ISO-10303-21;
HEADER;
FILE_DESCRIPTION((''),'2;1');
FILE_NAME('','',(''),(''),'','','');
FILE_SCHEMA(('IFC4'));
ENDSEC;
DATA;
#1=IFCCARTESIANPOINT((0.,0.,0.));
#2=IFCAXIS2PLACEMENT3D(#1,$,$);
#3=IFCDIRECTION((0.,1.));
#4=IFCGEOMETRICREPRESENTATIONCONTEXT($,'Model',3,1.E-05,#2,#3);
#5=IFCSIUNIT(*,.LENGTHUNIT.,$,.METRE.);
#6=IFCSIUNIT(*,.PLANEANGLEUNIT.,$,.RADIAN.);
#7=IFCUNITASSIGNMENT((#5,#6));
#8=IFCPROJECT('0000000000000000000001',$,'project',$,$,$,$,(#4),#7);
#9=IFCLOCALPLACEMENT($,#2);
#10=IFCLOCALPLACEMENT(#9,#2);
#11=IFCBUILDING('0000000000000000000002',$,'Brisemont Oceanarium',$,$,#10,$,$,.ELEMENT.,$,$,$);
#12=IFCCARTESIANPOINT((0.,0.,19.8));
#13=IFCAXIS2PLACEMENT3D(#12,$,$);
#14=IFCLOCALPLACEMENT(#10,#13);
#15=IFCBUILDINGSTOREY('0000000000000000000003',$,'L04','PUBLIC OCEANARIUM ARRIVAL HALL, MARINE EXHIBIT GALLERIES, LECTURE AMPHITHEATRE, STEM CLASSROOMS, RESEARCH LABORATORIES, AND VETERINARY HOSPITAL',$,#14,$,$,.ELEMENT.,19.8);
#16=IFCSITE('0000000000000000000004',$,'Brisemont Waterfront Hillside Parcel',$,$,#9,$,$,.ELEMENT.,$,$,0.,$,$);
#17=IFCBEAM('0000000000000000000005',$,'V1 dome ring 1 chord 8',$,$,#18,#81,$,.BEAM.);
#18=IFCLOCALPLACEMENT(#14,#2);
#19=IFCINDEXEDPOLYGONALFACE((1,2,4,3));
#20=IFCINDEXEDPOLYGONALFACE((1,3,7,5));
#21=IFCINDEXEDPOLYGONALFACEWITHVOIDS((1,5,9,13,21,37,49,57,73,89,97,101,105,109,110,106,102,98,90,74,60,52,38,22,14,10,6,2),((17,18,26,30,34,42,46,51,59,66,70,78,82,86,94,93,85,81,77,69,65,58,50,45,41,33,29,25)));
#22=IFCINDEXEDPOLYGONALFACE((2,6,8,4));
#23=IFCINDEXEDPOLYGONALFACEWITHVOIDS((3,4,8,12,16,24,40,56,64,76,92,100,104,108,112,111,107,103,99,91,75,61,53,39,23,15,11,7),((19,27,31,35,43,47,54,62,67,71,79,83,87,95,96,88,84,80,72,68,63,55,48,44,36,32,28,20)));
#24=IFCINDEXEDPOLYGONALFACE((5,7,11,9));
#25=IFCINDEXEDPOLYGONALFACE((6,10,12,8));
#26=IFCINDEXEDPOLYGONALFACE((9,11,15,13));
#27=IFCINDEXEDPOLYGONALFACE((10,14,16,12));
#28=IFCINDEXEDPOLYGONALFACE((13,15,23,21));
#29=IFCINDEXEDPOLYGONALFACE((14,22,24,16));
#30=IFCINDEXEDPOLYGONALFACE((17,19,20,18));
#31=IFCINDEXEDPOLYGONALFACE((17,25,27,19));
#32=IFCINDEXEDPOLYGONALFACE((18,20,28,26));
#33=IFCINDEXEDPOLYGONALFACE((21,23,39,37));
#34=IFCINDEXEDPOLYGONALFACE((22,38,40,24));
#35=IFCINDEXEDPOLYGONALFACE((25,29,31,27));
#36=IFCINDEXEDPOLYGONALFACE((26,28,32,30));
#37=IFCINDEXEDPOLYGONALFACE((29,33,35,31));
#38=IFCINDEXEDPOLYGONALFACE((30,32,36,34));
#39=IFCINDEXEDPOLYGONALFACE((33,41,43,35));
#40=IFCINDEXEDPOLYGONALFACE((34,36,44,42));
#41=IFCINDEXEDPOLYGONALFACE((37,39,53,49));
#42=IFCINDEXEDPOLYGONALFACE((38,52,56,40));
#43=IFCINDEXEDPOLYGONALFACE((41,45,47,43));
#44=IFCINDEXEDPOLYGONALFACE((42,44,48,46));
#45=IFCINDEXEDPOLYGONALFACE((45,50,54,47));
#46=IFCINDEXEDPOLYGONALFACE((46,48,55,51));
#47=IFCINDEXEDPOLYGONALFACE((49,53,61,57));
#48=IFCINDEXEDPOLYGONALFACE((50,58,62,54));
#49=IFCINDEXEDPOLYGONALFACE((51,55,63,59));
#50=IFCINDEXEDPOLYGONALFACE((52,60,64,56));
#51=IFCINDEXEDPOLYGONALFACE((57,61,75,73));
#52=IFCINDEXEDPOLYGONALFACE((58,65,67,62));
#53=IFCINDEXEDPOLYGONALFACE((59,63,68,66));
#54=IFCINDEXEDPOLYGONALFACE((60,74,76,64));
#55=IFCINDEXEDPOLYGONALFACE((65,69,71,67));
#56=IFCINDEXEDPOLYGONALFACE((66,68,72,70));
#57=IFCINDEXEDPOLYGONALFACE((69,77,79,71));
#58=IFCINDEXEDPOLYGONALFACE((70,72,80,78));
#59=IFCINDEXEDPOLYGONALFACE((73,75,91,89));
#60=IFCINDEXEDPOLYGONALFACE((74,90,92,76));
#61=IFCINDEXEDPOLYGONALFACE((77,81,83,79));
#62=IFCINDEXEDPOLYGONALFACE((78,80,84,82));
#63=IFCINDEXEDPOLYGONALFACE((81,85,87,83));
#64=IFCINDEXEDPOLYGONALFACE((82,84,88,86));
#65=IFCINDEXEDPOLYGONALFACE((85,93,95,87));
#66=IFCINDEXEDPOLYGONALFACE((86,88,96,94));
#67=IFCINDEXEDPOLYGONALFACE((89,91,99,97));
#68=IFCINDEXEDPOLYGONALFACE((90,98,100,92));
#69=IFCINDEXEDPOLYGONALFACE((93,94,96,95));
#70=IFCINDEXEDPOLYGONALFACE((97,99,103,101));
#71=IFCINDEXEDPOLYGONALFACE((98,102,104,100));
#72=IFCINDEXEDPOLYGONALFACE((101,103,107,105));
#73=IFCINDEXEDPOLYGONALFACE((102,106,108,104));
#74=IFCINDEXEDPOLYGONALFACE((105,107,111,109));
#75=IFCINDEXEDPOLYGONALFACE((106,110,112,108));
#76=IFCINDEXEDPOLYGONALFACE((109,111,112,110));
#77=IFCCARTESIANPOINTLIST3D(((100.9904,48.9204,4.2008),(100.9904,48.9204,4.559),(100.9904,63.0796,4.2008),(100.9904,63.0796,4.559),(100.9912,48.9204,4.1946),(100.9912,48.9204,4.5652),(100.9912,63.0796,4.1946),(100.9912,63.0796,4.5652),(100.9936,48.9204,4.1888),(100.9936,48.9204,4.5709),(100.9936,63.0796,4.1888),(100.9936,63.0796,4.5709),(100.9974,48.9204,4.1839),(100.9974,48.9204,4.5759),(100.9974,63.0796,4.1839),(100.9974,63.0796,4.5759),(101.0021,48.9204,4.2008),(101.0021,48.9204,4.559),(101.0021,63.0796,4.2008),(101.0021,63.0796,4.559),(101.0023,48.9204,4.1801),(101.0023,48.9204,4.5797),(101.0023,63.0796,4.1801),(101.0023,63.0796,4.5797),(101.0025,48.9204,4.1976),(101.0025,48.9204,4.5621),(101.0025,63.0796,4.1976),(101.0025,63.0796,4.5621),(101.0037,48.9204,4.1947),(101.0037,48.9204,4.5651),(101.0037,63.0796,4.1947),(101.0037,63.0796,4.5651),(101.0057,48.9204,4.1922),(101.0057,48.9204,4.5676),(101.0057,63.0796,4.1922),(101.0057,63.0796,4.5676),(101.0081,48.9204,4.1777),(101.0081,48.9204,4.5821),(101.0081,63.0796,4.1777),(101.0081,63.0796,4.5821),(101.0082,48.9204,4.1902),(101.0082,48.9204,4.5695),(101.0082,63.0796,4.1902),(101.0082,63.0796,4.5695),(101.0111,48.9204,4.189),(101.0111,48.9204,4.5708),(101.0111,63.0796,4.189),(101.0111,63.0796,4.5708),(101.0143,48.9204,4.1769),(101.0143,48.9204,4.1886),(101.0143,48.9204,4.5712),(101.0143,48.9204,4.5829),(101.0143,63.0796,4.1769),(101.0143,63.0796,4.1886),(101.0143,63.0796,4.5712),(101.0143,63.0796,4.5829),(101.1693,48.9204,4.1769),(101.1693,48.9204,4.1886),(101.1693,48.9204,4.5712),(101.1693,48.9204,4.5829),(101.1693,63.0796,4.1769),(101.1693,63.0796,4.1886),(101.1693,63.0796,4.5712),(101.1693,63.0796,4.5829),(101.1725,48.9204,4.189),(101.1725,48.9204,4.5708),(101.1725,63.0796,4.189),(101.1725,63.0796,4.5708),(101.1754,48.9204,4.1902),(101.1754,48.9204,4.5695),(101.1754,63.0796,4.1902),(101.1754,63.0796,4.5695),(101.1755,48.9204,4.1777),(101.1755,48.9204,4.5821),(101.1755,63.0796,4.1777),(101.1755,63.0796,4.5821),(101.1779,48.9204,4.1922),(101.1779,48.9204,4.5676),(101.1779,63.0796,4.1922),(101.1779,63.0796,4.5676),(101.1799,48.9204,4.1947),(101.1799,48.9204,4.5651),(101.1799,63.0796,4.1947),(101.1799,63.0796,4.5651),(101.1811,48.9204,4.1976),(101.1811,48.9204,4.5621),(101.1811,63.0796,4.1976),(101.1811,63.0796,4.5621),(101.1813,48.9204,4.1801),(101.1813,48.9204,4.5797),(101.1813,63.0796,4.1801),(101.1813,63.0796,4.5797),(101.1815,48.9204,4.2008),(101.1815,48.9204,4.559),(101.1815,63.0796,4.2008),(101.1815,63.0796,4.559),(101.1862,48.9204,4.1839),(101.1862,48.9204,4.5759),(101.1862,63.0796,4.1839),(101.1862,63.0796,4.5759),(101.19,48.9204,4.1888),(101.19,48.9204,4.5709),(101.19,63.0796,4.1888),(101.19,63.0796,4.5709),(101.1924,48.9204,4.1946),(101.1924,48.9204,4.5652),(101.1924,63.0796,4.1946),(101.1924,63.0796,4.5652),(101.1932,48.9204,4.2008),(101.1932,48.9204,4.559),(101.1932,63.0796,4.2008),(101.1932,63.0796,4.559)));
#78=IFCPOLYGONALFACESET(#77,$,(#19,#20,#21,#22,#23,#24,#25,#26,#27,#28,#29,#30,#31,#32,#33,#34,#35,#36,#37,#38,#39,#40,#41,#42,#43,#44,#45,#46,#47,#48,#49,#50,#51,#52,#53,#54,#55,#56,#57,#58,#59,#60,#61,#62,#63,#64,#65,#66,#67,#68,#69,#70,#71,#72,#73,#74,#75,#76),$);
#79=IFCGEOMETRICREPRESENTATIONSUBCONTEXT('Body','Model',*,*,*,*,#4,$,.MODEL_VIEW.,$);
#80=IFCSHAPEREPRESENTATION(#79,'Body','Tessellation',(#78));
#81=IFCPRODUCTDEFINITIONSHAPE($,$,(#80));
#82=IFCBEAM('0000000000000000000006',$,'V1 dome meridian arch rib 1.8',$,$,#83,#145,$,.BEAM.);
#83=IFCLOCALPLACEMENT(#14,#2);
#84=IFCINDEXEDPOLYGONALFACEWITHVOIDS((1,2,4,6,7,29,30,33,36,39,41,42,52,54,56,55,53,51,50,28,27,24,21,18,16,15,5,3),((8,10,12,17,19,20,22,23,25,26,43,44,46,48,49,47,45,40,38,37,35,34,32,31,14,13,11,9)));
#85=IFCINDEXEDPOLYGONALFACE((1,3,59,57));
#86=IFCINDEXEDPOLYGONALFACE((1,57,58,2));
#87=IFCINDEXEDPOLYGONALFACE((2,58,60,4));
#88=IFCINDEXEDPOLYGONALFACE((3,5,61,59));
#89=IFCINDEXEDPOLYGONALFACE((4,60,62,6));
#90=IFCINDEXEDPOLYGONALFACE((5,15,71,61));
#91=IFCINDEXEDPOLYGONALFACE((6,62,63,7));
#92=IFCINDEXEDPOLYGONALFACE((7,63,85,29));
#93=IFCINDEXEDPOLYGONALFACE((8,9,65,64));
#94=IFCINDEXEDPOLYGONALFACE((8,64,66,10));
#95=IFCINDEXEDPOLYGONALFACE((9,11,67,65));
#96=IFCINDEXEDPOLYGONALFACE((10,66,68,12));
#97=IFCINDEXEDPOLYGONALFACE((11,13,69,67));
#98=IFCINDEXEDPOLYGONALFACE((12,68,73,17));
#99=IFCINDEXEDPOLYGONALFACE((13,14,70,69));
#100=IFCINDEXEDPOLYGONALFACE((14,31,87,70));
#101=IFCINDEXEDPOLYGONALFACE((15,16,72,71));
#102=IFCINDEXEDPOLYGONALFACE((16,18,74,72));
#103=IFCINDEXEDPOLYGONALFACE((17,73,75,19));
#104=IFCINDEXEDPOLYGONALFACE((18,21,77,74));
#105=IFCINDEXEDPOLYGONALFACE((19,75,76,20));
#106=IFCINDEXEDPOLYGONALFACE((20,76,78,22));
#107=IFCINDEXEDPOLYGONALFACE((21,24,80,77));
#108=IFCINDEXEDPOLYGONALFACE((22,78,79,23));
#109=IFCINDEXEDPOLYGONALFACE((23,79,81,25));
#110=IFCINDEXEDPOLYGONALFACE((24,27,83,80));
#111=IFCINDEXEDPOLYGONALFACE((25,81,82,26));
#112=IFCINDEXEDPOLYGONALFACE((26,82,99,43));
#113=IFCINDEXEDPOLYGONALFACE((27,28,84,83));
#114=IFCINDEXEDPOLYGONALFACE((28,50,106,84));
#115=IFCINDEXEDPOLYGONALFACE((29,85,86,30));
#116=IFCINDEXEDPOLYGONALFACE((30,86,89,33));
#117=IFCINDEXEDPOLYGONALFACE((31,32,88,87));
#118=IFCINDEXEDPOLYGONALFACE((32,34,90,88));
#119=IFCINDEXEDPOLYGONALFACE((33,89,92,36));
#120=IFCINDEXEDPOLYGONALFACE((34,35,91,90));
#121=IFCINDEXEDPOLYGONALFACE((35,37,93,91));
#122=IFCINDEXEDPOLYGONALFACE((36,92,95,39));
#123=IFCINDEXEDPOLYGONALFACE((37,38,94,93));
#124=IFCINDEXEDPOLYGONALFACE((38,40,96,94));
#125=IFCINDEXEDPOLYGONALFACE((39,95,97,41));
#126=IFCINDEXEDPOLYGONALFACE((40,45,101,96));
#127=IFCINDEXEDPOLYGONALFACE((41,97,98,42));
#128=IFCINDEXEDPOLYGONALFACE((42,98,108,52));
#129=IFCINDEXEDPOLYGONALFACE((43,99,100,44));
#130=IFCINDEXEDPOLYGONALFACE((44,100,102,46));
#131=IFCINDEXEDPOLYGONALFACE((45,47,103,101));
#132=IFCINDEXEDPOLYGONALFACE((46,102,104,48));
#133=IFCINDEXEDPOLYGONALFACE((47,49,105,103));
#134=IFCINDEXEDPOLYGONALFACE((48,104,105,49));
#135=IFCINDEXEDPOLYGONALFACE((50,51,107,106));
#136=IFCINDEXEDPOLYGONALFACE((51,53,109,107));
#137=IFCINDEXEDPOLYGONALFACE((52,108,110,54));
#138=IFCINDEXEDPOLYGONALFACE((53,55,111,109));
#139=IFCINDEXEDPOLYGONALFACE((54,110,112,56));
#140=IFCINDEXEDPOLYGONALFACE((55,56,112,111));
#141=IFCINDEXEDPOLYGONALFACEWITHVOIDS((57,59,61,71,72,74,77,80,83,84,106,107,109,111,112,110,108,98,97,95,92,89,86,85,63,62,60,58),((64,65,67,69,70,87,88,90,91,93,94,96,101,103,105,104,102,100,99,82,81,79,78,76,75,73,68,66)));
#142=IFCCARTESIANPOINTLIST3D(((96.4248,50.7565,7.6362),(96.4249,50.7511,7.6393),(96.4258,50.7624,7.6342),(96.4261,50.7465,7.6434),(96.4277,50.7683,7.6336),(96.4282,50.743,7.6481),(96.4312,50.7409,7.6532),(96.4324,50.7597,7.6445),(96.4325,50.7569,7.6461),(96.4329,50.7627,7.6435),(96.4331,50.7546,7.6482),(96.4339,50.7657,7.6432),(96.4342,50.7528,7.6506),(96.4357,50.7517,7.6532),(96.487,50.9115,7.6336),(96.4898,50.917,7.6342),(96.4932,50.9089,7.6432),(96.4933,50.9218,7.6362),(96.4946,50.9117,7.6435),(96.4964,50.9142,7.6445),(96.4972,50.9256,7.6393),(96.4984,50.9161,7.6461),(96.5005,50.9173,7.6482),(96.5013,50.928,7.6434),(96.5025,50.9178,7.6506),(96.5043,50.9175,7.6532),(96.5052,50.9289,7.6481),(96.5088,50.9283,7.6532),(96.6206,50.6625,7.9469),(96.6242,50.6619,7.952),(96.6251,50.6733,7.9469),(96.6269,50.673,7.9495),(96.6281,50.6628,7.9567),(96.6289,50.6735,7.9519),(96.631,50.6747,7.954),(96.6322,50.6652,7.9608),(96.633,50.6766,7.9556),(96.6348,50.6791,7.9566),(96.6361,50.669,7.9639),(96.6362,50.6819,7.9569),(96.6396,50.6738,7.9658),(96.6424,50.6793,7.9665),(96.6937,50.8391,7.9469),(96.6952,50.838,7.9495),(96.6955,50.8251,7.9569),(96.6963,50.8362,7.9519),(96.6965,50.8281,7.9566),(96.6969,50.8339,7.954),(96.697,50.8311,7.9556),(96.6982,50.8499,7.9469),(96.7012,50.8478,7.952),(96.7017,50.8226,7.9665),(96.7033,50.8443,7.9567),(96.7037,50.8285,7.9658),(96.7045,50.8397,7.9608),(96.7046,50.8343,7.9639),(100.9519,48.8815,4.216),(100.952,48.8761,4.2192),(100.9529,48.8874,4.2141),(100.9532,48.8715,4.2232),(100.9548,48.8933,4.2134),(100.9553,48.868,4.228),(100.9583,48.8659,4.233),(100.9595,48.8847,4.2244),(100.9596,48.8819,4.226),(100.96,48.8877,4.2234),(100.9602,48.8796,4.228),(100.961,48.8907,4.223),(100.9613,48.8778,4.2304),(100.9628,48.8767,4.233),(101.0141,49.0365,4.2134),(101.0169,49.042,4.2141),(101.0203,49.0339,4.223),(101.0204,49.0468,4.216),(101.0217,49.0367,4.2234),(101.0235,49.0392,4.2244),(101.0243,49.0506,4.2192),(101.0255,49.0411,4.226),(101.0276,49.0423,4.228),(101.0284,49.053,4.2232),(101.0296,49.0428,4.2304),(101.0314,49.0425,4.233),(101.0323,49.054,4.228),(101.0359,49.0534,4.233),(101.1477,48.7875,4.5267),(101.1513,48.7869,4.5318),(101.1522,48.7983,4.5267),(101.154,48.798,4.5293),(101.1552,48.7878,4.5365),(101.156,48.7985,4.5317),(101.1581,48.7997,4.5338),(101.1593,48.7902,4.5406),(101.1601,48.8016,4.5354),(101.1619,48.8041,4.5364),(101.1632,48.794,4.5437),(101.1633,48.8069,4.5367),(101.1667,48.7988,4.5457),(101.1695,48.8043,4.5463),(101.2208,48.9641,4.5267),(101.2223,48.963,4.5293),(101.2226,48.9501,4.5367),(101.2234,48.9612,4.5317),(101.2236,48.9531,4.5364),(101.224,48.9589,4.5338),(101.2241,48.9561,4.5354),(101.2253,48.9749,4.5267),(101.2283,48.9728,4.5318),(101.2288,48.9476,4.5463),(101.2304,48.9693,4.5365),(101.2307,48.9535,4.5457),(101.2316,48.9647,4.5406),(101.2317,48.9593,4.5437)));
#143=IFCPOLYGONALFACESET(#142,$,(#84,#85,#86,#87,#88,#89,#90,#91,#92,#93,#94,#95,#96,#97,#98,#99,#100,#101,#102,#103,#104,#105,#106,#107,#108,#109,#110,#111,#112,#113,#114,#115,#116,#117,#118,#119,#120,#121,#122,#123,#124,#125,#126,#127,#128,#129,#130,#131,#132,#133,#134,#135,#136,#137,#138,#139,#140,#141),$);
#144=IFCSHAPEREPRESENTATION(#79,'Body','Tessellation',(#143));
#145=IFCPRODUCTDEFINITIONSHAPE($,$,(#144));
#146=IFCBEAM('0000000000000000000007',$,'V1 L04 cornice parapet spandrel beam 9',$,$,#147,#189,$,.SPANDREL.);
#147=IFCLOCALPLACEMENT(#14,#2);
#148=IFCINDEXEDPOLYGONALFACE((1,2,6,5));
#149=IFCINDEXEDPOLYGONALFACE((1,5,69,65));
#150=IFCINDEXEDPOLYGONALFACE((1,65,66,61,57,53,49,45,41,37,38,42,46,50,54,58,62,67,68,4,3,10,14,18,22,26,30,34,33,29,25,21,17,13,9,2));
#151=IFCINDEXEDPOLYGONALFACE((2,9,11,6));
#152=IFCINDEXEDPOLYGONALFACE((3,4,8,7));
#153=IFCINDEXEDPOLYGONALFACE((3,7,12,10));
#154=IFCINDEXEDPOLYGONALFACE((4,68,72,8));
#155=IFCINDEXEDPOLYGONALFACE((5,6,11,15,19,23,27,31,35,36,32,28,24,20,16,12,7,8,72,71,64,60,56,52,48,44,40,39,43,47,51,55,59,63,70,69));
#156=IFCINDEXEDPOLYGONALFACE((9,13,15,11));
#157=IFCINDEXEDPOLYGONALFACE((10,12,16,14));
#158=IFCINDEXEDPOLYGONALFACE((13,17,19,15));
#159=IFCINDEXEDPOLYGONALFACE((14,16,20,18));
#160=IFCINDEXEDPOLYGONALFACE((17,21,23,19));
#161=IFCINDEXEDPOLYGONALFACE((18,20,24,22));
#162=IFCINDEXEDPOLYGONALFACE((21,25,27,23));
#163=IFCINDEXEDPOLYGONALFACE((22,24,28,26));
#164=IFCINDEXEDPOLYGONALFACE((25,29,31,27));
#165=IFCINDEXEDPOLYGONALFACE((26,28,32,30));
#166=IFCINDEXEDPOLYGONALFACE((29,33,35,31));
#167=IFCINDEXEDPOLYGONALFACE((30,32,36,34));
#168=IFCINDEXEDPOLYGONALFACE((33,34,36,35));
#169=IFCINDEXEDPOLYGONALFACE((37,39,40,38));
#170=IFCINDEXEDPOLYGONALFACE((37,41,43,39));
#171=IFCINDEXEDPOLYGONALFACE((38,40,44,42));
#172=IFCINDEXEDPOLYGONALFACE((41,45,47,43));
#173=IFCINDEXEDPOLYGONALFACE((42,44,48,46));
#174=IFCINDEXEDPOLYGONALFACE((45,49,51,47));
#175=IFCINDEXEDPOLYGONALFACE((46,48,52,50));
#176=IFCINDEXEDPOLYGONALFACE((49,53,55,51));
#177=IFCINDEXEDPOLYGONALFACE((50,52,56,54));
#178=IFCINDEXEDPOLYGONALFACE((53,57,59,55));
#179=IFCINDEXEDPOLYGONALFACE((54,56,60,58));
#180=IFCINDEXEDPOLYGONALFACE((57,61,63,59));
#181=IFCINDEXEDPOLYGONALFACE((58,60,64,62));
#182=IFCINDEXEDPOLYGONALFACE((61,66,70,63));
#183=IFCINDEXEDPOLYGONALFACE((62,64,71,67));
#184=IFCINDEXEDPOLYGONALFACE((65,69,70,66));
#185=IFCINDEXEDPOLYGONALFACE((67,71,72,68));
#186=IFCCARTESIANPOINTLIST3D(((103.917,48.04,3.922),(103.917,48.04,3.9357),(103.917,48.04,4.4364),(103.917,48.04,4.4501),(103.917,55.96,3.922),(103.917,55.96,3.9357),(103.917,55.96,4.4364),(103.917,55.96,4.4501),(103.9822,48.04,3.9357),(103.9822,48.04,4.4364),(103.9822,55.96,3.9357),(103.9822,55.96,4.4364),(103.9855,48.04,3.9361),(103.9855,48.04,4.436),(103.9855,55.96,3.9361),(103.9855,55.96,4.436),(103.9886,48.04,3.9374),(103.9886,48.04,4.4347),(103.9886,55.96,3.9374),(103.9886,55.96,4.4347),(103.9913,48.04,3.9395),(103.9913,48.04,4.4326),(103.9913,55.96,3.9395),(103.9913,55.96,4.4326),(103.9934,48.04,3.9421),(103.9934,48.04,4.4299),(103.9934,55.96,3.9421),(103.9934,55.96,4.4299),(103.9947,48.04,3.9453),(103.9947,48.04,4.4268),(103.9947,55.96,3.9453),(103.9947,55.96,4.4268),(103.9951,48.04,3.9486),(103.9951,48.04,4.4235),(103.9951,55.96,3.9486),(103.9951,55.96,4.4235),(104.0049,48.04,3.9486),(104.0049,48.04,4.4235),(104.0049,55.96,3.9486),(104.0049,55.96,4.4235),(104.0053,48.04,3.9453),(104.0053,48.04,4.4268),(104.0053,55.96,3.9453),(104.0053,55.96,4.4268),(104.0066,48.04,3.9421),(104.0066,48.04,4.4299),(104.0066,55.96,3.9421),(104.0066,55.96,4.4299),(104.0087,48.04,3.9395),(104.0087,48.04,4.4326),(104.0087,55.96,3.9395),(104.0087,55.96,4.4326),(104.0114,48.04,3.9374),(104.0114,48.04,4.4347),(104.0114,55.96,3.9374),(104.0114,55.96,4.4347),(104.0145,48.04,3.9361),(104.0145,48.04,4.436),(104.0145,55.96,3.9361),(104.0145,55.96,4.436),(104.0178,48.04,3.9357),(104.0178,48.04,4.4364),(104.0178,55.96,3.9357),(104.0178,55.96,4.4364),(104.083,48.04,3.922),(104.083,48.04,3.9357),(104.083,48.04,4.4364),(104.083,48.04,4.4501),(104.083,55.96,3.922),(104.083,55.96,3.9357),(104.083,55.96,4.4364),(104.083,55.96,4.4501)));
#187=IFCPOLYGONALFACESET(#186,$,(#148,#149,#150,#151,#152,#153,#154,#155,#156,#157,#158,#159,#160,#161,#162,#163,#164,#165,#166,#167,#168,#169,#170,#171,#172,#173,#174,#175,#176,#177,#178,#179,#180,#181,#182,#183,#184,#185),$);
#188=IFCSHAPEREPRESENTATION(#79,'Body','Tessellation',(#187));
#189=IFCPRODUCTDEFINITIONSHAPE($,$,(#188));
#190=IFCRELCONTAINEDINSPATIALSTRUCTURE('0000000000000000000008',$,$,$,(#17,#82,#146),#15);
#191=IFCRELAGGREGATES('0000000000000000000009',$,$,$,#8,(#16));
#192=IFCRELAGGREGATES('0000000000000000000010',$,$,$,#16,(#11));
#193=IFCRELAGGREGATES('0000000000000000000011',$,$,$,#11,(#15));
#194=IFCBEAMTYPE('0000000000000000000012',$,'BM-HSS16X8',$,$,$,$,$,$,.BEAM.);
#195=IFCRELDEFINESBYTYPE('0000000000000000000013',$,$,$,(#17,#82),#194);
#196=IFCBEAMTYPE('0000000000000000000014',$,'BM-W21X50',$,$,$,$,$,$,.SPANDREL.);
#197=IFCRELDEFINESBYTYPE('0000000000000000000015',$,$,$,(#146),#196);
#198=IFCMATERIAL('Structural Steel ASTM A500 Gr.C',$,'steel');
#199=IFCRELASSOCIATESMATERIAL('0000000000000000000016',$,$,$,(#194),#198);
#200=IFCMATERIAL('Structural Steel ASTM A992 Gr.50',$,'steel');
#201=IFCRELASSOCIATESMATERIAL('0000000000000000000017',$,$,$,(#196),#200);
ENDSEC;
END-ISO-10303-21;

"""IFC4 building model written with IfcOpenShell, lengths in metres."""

from ifc_helpers import new_model, si_unit, direction, frame, origin, origin_2d, place, context, subcontext, project, spatial, hollow_rectangle, i_section, extrude, material, material_profile, profile_set, type_object, element, save


model = new_model("IFC4")

# Units and contexts
model_context = context("Model", 3, precision=1e-05, world=origin(), true_north=direction((0.0, 1.0)))
body_context = subcontext(model_context, "Body", "Model", "MODEL_VIEW")
ifc_project = project(units=[si_unit("LENGTHUNIT", "METRE"), si_unit("PLANEANGLEUNIT", "RADIAN")], contexts=[model_context])

# Site, building, storey
site_placement = place(None, origin())
site = spatial("IfcSite", under=ifc_project, at=site_placement, Name="Brisemont Waterfront Hillside Parcel", CompositionType="ELEMENT", RefElevation=0.0)
building_placement = place(site_placement, origin())
building = spatial("IfcBuilding", under=site, at=building_placement, Name="Brisemont Oceanarium", CompositionType="ELEMENT")
storey_placement = place(building_placement, frame((0.0, 0.0, 19.8)))
storey = spatial("IfcBuildingStorey", under=building, at=storey_placement, Name="L04", Description="PUBLIC OCEANARIUM ARRIVAL HALL, MARINE EXHIBIT GALLERIES, LECTURE AMPHITHEATRE, STEM CLASSROOMS, RESEARCH LABORATORIES, AND VETERINARY HOSPITAL", CompositionType="ELEMENT", Elevation=19.8)

# Beams
ifc_material_1 = material(Name="Structural Steel ASTM A500 Gr.C", Category="steel")
ifc_material_profile_1 = material_profile(ifc_material_1, hollow_rectangle(XDim=0.2029, YDim=0.406, WallThickness=0.0117, InnerFilletRadius=0.0122, OuterFilletRadius=0.0239, at=origin_2d()), Name="HSS16X8X1/2")
ifc_profile_set_1 = profile_set([ifc_material_profile_1], Name="Structural Steel ASTM A500 Gr.C")
beam_type_1 = type_object("IfcBeamType", Name="BM-HSS16X8", PredefinedType="BEAM", material=ifc_profile_set_1)
beam_1_placement = place(storey_placement, frame((101.0918, 48.9204, 4.3799), z_axis=(0.0, 1.0, 0.0), x_axis=(-1.0, 0.0, 0.0)))
element("IfcBeam", 1, at=beam_1_placement, inside=storey, type_object=beam_type_1, Name="V1 dome ring 1 chord 8", PredefinedType="BEAM", context=body_context, shape_type="SweptSolid", body=[
    extrude(hollow_rectangle(XDim=0.2029, YDim=0.406, WallThickness=0.0117, InnerFilletRadius=0.0122, OuterFilletRadius=0.0239, at=origin_2d()), origin(), (0.0, 0.0, 1.0), 14.1592),
])
beam_2_placement = place(storey_placement, frame((101.0918, 48.9204, 4.3799), z_axis=(-0.757598, 0.313776, 0.572355), x_axis=(-0.382651, -0.923893, 0.0)))
element("IfcBeam", 2, at=beam_2_placement, inside=storey, type_object=beam_type_1, Name="V1 dome meridian arch rib 1.8", PredefinedType="BEAM", context=body_context, shape_type="SweptSolid", body=[
    extrude(hollow_rectangle(XDim=0.2029, YDim=0.406, WallThickness=0.0117, InnerFilletRadius=0.0122, OuterFilletRadius=0.0239, at=origin_2d()), origin(), (0.0, 0.0, 1.0), 5.9756),
])
ifc_material_2 = material(Name="Structural Steel ASTM A992 Gr.50", Category="steel")
ifc_material_profile_2 = material_profile(ifc_material_2, i_section(OverallWidth=0.166, OverallDepth=0.5281, WebThickness=0.0098, FlangeThickness=0.0137, FilletRadius=0.0129, at=origin_2d()), Name="W21X50")
ifc_profile_set_2 = profile_set([ifc_material_profile_2], Name="Structural Steel ASTM A992 Gr.50")
beam_type_2 = type_object("IfcBeamType", Name="BM-W21X50", PredefinedType="SPANDREL", material=ifc_profile_set_2)
beam_3_placement = place(storey_placement, frame((104.0, 48.04, 4.186), z_axis=(0.0, 1.0, 0.0), x_axis=(-1.0, 0.0, 0.0)))
element("IfcBeam", 3, at=beam_3_placement, inside=storey, type_object=beam_type_2, Name="V1 L04 cornice parapet spandrel beam 9", PredefinedType="SPANDREL", context=body_context, shape_type="SweptSolid", body=[
    extrude(i_section(OverallWidth=0.166, OverallDepth=0.5281, WebThickness=0.0098, FlangeThickness=0.0137, FilletRadius=0.0129, at=origin_2d()), origin(), (0.0, 0.0, 1.0), 7.9199),
])

save(model, "model.ifc")
